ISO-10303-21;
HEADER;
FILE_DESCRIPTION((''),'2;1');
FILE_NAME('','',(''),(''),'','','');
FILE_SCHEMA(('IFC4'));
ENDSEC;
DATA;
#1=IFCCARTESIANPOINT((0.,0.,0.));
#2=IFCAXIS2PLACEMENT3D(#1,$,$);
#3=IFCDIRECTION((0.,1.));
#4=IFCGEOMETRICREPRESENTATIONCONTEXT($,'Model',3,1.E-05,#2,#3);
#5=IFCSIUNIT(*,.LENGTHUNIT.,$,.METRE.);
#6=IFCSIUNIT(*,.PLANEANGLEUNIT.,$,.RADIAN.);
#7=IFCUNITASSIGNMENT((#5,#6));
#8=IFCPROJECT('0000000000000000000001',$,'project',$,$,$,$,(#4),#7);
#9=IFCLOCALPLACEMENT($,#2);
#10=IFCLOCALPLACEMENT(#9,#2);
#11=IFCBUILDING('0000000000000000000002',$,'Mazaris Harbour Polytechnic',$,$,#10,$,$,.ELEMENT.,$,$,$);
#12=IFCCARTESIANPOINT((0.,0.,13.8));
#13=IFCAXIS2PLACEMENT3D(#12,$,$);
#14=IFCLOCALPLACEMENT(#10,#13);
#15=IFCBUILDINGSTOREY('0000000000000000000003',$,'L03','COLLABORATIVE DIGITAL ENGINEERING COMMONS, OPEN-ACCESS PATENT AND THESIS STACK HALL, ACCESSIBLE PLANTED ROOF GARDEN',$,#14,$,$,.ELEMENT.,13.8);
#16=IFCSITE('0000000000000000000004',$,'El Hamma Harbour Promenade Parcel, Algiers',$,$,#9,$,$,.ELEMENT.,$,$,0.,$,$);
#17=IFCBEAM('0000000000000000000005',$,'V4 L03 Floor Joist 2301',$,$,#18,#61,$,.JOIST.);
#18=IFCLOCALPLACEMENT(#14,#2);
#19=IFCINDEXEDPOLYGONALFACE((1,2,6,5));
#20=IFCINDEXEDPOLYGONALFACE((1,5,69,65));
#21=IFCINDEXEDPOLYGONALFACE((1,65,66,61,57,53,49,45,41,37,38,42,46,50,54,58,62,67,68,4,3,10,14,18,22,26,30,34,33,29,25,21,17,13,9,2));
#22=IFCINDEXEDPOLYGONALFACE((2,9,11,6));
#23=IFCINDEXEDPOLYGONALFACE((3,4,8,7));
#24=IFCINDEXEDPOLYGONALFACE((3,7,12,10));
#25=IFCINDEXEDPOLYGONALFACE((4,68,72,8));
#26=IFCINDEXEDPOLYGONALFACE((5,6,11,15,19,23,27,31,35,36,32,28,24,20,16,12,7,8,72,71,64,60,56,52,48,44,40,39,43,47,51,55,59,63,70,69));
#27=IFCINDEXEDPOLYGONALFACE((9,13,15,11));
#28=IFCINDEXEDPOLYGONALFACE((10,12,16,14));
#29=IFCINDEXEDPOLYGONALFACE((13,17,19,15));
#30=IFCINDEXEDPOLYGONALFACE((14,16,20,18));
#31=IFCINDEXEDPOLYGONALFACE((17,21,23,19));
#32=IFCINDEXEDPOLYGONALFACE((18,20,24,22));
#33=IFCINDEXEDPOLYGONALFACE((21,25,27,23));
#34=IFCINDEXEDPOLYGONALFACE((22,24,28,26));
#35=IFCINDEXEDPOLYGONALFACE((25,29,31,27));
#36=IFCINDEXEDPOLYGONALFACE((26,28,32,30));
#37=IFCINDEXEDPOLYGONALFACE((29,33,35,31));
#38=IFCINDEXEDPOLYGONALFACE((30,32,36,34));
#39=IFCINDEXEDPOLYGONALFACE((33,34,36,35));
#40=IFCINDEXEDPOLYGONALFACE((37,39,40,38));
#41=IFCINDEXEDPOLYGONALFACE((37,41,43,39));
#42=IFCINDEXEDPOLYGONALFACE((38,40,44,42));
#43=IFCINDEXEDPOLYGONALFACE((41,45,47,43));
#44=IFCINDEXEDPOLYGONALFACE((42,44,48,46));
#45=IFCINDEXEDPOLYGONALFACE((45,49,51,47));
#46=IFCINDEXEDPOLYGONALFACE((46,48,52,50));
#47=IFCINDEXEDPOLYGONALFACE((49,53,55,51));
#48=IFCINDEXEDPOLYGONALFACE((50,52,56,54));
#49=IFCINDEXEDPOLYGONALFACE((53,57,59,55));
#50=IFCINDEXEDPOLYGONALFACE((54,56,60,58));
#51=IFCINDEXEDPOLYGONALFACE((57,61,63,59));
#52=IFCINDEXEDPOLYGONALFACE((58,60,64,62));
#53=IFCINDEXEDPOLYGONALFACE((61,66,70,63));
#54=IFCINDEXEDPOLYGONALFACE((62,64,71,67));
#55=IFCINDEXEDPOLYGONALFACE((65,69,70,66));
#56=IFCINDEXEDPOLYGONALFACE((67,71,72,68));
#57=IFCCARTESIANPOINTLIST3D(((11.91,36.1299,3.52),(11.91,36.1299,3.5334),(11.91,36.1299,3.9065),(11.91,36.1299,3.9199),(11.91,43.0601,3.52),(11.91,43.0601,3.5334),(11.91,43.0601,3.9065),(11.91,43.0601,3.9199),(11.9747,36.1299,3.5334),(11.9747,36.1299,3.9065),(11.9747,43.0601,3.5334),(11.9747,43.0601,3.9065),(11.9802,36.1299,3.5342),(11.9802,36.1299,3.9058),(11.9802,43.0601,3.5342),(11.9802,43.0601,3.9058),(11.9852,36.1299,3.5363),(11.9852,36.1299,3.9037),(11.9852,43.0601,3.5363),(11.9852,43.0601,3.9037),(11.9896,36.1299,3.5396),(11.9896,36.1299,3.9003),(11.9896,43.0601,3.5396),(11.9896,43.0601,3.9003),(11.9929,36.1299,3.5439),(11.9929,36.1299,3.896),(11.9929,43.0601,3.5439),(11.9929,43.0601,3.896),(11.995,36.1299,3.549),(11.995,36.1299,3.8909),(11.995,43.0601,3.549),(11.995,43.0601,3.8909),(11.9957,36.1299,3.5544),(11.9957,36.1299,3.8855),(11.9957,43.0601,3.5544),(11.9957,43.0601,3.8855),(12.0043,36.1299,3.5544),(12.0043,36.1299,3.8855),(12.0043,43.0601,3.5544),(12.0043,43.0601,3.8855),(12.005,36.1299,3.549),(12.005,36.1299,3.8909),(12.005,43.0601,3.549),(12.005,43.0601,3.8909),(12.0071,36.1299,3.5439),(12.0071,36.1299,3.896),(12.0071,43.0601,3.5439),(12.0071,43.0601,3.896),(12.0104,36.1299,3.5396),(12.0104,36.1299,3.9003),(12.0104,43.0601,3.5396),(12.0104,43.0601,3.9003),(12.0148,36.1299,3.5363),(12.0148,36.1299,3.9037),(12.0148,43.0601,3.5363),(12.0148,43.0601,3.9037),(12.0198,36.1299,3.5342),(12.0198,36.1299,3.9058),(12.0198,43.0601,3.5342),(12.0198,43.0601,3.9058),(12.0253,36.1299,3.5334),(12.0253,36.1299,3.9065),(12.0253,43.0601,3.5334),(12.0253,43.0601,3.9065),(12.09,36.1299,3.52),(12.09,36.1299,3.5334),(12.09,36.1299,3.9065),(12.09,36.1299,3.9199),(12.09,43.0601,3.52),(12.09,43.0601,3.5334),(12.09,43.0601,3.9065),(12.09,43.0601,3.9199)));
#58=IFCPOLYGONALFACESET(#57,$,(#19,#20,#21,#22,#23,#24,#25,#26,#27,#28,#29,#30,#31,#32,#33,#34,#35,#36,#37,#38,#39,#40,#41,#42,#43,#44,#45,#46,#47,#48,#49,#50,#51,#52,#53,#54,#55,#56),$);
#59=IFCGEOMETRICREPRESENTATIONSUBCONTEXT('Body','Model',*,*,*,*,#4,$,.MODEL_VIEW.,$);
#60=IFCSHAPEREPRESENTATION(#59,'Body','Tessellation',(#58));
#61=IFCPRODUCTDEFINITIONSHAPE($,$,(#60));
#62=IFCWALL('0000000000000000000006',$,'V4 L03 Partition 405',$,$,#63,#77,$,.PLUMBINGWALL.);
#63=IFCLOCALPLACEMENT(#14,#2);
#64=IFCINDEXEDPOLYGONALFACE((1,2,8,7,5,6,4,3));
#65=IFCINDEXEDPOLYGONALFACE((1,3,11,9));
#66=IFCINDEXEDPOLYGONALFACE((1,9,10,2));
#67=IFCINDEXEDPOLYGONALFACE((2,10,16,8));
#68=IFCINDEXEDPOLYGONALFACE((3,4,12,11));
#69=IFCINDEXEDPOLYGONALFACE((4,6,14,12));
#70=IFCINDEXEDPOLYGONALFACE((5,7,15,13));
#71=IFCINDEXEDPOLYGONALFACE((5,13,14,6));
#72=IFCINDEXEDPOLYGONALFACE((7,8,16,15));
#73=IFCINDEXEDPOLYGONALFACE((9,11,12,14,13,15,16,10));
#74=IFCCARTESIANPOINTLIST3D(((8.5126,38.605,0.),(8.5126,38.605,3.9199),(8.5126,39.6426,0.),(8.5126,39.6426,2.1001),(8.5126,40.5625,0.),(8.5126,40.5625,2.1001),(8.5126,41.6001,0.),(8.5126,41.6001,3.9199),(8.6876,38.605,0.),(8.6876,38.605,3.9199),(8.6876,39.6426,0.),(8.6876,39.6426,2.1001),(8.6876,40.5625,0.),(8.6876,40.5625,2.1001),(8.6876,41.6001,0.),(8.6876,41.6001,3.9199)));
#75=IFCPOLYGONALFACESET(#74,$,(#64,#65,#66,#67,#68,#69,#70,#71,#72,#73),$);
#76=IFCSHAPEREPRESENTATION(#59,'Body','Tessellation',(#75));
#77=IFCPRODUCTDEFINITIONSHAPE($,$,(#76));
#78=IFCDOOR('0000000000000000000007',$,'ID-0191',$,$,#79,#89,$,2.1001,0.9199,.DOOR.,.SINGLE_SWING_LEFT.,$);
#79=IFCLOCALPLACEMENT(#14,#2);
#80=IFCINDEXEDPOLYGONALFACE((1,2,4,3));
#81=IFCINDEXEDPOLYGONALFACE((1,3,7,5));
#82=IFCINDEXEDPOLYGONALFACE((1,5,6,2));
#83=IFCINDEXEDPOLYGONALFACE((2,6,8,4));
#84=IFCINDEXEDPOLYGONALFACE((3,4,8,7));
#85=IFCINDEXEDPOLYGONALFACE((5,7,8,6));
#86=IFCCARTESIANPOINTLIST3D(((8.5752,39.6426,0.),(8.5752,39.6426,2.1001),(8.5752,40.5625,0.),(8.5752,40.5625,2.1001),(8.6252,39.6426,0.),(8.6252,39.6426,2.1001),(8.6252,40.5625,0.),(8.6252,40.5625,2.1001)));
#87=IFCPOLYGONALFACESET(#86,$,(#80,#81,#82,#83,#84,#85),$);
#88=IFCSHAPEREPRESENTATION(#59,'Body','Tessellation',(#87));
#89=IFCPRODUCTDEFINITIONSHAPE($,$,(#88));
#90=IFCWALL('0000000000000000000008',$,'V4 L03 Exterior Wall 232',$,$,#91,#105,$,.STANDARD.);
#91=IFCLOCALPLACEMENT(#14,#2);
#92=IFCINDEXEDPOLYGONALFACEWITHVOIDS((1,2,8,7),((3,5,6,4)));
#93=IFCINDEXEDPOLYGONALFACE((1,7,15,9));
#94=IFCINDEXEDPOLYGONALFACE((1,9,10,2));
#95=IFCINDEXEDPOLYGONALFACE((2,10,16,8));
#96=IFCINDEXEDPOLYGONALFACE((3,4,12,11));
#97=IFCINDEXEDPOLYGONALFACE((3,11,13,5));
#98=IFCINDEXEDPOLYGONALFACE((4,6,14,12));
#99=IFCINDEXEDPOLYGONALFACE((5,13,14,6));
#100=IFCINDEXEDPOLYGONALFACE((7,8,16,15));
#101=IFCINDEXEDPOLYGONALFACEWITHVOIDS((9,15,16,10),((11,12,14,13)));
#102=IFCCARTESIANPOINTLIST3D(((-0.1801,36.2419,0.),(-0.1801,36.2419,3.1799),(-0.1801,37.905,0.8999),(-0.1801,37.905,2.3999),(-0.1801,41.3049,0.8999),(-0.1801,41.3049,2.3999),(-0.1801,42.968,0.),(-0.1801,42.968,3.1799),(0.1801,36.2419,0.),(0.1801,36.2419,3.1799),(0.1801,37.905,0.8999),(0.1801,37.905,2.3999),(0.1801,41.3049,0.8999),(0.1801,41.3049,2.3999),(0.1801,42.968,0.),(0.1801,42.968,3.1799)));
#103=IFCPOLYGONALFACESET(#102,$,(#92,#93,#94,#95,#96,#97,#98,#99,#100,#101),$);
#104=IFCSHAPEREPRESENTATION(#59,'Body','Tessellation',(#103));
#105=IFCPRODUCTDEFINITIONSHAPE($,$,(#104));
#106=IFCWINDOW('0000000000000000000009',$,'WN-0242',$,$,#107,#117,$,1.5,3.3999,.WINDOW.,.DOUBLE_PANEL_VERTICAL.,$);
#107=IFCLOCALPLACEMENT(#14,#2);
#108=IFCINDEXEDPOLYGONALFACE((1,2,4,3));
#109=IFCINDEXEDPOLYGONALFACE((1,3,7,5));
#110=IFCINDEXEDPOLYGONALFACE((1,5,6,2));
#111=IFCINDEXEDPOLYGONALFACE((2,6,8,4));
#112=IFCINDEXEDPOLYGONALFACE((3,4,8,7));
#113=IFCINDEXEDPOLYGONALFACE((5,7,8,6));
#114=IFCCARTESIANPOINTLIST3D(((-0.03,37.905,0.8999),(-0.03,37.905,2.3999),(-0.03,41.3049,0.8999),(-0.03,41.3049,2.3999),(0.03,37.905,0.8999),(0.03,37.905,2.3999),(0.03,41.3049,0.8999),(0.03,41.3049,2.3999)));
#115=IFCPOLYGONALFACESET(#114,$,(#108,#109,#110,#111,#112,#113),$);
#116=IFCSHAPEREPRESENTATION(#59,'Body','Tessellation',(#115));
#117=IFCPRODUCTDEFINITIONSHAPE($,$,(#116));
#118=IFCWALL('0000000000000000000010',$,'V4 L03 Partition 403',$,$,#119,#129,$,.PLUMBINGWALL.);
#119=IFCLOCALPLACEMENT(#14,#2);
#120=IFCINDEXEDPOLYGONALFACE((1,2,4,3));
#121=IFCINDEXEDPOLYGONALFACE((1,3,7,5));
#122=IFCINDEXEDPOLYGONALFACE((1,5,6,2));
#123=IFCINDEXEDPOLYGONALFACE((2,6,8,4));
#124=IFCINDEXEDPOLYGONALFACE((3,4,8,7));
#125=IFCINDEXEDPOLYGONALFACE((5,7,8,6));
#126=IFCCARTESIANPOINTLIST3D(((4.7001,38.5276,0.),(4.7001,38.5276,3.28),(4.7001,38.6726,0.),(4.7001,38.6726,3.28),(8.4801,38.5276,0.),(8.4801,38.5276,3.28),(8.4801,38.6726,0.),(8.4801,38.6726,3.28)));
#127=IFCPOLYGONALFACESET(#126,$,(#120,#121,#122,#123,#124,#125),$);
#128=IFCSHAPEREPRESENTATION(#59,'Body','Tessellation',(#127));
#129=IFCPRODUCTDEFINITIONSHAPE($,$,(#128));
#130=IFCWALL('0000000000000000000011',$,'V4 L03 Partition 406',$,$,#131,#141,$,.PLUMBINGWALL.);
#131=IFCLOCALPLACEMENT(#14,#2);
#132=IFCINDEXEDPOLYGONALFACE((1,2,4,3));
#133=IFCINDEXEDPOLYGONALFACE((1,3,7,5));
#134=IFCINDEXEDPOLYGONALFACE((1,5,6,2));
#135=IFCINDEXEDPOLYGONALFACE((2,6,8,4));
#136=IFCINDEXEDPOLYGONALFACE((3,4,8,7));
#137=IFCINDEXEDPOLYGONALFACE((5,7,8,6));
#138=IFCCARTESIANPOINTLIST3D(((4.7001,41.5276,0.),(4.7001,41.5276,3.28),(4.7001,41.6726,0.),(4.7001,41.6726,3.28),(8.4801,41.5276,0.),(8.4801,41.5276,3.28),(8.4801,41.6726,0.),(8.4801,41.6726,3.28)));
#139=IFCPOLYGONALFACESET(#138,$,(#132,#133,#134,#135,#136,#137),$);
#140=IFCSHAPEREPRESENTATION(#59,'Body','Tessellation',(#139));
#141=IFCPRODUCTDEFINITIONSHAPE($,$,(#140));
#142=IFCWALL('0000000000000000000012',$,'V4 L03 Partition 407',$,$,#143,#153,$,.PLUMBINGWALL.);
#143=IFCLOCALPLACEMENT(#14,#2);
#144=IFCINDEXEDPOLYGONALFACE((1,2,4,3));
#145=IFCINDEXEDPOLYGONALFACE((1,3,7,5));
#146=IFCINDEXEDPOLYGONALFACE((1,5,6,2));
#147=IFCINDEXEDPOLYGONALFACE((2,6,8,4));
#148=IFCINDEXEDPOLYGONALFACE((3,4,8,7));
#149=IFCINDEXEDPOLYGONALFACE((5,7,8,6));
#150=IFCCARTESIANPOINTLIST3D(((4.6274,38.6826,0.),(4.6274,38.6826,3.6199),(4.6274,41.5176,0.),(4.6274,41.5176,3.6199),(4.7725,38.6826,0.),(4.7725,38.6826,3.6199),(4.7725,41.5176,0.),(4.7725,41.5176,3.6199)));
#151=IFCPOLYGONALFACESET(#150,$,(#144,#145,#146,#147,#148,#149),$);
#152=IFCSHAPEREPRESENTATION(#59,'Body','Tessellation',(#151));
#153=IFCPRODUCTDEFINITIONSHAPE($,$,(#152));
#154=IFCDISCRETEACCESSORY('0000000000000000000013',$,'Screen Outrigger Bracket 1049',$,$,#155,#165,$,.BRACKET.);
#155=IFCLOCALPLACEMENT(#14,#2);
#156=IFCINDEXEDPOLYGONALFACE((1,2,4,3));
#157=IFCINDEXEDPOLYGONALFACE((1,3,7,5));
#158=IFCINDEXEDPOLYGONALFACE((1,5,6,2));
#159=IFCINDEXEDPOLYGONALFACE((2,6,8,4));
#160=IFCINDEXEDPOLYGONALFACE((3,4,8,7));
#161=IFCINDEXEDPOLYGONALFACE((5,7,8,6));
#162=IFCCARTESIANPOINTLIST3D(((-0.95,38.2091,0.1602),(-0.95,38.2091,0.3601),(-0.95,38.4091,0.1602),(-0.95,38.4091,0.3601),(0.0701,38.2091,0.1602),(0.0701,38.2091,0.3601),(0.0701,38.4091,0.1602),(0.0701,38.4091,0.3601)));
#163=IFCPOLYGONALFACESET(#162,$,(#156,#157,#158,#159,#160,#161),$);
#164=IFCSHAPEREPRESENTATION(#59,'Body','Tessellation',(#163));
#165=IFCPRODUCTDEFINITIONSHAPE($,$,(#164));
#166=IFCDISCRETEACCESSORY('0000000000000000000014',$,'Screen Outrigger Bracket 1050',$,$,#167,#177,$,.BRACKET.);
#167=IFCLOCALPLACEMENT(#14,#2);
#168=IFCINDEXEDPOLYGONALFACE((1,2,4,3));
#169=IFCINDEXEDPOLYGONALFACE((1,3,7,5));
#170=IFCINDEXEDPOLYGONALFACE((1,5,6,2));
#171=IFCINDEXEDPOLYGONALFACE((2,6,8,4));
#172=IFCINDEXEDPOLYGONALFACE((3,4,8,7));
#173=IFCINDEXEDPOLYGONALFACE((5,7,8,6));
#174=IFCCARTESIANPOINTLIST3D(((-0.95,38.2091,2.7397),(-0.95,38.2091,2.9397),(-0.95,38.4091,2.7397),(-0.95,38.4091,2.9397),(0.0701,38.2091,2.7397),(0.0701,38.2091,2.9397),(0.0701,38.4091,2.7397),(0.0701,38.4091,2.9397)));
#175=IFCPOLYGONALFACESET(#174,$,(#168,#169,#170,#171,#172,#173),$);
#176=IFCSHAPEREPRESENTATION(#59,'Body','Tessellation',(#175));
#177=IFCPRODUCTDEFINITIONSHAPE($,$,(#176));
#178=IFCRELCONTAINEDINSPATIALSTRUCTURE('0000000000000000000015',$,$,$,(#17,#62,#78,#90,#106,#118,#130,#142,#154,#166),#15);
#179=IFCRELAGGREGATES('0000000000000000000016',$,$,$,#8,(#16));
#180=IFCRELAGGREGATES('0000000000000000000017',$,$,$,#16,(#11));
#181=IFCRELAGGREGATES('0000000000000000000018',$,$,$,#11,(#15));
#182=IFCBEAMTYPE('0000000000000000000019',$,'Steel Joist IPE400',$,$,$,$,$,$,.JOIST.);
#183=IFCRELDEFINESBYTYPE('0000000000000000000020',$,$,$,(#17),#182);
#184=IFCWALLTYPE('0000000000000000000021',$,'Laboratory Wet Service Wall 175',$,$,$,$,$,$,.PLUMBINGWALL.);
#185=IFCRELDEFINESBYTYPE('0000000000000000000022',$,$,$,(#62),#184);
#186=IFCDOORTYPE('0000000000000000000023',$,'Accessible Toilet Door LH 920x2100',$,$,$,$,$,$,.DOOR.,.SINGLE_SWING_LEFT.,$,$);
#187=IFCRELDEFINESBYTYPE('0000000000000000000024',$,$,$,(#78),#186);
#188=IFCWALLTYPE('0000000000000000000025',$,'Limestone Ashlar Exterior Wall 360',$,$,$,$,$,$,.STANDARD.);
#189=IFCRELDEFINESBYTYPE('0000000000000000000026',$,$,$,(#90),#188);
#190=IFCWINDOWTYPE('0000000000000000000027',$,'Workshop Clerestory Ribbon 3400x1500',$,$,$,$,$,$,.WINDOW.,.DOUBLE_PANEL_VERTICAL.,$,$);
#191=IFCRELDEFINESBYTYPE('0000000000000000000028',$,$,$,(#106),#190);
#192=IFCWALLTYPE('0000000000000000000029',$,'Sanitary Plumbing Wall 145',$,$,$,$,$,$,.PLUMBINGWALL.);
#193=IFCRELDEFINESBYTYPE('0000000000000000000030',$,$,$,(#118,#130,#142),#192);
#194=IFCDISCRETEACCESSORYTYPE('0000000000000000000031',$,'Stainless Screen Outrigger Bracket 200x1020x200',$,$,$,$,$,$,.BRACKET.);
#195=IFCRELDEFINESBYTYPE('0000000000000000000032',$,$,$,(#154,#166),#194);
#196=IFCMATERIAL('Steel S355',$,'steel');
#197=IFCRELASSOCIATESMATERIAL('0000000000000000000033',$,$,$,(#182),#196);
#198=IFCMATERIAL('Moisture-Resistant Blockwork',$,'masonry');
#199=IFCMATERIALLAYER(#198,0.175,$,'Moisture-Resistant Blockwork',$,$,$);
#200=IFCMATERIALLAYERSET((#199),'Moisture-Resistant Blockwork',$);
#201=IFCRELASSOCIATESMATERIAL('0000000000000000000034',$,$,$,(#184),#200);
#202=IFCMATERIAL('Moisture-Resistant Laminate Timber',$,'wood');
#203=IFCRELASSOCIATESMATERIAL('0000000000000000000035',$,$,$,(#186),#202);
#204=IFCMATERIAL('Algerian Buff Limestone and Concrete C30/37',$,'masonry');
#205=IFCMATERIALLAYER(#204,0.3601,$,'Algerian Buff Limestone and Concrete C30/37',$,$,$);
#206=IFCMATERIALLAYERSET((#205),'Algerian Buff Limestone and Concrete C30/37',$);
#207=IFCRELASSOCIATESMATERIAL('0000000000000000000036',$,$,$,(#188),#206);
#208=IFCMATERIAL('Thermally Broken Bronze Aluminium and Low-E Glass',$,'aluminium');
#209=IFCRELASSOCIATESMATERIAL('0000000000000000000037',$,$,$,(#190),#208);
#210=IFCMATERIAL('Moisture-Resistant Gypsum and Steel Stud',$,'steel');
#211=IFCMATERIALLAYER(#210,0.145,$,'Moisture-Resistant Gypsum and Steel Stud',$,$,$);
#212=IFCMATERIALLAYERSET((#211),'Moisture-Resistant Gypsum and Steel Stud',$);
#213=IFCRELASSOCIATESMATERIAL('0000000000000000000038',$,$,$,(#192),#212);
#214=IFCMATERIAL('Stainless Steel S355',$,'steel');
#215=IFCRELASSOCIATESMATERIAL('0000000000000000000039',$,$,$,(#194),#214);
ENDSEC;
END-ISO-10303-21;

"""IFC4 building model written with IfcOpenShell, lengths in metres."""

from ifc_helpers import new_model, si_unit, direction, frame, frame_2d, origin, origin_2d, place, context, subcontext, project, spatial, rectangle, i_section, extrude, material, layer, layer_set, material_profile, profile_set, type_object, element, fill, save


model = new_model("IFC4")

# Units and contexts
model_context = context("Model", 3, precision=1e-05, world=origin(), true_north=direction((0.0, 1.0)))
body_context = subcontext(model_context, "Body", "Model", "MODEL_VIEW")
ifc_project = project(units=[si_unit("LENGTHUNIT", "METRE"), si_unit("PLANEANGLEUNIT", "RADIAN")], contexts=[model_context])

# Site, building, storey
site_placement = place(None, origin())
site = spatial("IfcSite", under=ifc_project, at=site_placement, Name="El Hamma Harbour Promenade Parcel, Algiers", CompositionType="ELEMENT", RefElevation=0.0)
building_placement = place(site_placement, origin())
building = spatial("IfcBuilding", under=site, at=building_placement, Name="Mazaris Harbour Polytechnic", CompositionType="ELEMENT")
storey_placement = place(building_placement, frame((0.0, 0.0, 13.8)))
storey = spatial("IfcBuildingStorey", under=building, at=storey_placement, Name="L03", Description="COLLABORATIVE DIGITAL ENGINEERING COMMONS, OPEN-ACCESS PATENT AND THESIS STACK HALL, ACCESSIBLE PLANTED ROOF GARDEN", CompositionType="ELEMENT", Elevation=13.8)

# Beam
ifc_material_1 = material(Name="Steel S355", Category="steel")
ifc_material_profile_1 = material_profile(ifc_material_1, i_section(OverallWidth=0.1799, OverallDepth=0.3999, WebThickness=0.0085, FlangeThickness=0.0134, FilletRadius=0.021, at=origin_2d()), Name="IPE 400")
ifc_profile_set_1 = profile_set([ifc_material_profile_1], Name="Steel S355")
beam_type_1 = type_object("IfcBeamType", Name="Steel Joist IPE400", PredefinedType="JOIST", material=ifc_profile_set_1)
beam_1_placement = place(storey_placement, frame((12.0, 36.1299, 3.72), z_axis=(0.0, 1.0, 0.0), x_axis=(-1.0, 0.0, 0.0)))
element("IfcBeam", 1, at=beam_1_placement, inside=storey, type_object=beam_type_1, Name="V4 L03 Floor Joist 2301", PredefinedType="JOIST", context=body_context, shape_type="SweptSolid", body=[
    extrude(i_section(OverallWidth=0.1799, OverallDepth=0.3999, WebThickness=0.0085, FlangeThickness=0.0134, FilletRadius=0.021, at=origin_2d()), origin(), (0.0, 0.0, 1.0), 6.9302),
])

# Wall, opening, door
ifc_material_2 = material(Name="Moisture-Resistant Blockwork", Category="masonry")
ifc_layer_1 = layer(ifc_material_2, 0.175, Name="Moisture-Resistant Blockwork")
ifc_layer_set_1 = layer_set([ifc_layer_1], Name="Moisture-Resistant Blockwork")
wall_type_1 = type_object("IfcWallType", Name="Laboratory Wet Service Wall 175", PredefinedType="PLUMBINGWALL", material=ifc_layer_set_1)
wall_1_placement = place(storey_placement, frame((8.6001, 38.605, 0.0), z_axis=(0.0, 0.0, 1.0), x_axis=(0.0, 1.0, 0.0)))
wall_1 = element("IfcWall", 2, at=wall_1_placement, inside=storey, type_object=wall_type_1, Name="V4 L03 Partition 405", PredefinedType="PLUMBINGWALL", context=body_context, shape_type="SweptSolid", body=[
    extrude(rectangle(XDim=2.9951, YDim=0.175, at=frame_2d((1.4976, 0.0))), origin(), (0.0, 0.0, 1.0), 3.9199),
])
opening_1_placement = place(wall_1_placement, frame((1.0376, 0.0, 0.0)))
opening_1 = element("IfcOpeningElement", 3, at=opening_1_placement, cuts=wall_1, PredefinedType="OPENING", context=body_context, shape_type="SweptSolid", body=[
    extrude(rectangle(XDim=0.9199, YDim=2.1001, at=frame_2d((0.46, 1.05))), frame((0.0, 0.0974, 0.0), z_axis=(0.0, -1.0, 0.0), x_axis=(1.0, 0.0, 0.0)), (0.0, 0.0, 1.0), 0.1951),
])
ifc_material_3 = material(Name="Moisture-Resistant Laminate Timber", Category="wood")
door_type = type_object("IfcDoorType", Name="Accessible Toilet Door LH 920x2100", OperationType="SINGLE_SWING_LEFT", PredefinedType="DOOR", material=ifc_material_3)
door_placement = place(opening_1_placement, origin())
door = element("IfcDoor", 4, at=door_placement, inside=storey, type_object=door_type, Name="ID-0191", OperationType="SINGLE_SWING_LEFT", OverallHeight=2.1001, OverallWidth=0.9199, PredefinedType="DOOR", context=body_context, shape_type="SweptSolid", body=[
    extrude(rectangle(XDim=0.9199, YDim=2.1001, at=frame_2d((0.46, 1.05))), frame((0.0, 0.0249, 0.0), z_axis=(0.0, -1.0, 0.0), x_axis=(1.0, 0.0, 0.0)), (0.0, 0.0, 1.0), 0.05),
])
fill(opening_1, door)

# Wall, opening, window
ifc_material_4 = material(Name="Algerian Buff Limestone and Concrete C30/37", Category="masonry")
ifc_layer_2 = layer(ifc_material_4, 0.3601, Name="Algerian Buff Limestone and Concrete C30/37")
ifc_layer_set_2 = layer_set([ifc_layer_2], Name="Algerian Buff Limestone and Concrete C30/37")
wall_type_2 = type_object("IfcWallType", Name="Limestone Ashlar Exterior Wall 360", PredefinedType="STANDARD", material=ifc_layer_set_2)
wall_2_placement = place(storey_placement, frame((0.0, 36.2419, 0.0), z_axis=(0.0, 0.0, 1.0), x_axis=(0.0, 1.0, 0.0)))
wall_2 = element("IfcWall", 5, at=wall_2_placement, inside=storey, type_object=wall_type_2, Name="V4 L03 Exterior Wall 232", PredefinedType="STANDARD", context=body_context, shape_type="SweptSolid", body=[
    extrude(rectangle(XDim=6.7261, YDim=0.3601, at=frame_2d((3.363, 0.0))), origin(), (0.0, 0.0, 1.0), 3.1799),
])
opening_2_placement = place(wall_2_placement, frame((1.6631, 0.0, 0.8999)))
opening_2 = element("IfcOpeningElement", 6, at=opening_2_placement, cuts=wall_2, PredefinedType="OPENING", context=body_context, shape_type="SweptSolid", body=[
    extrude(rectangle(XDim=3.3999, YDim=1.5, at=frame_2d((1.7, 0.75))), frame((0.0, 0.1899, 0.0), z_axis=(0.0, -1.0, 0.0), x_axis=(1.0, 0.0, 0.0)), (0.0, 0.0, 1.0), 0.3801),
])
ifc_material_5 = material(Name="Thermally Broken Bronze Aluminium and Low-E Glass", Category="aluminium")
window_type = type_object("IfcWindowType", Name="Workshop Clerestory Ribbon 3400x1500", PartitioningType="DOUBLE_PANEL_VERTICAL", PredefinedType="WINDOW", material=ifc_material_5)
window_placement = place(opening_2_placement, origin())
window = element("IfcWindow", 7, at=window_placement, inside=storey, type_object=window_type, Name="WN-0242", OverallHeight=1.5, OverallWidth=3.3999, PartitioningType="DOUBLE_PANEL_VERTICAL", PredefinedType="WINDOW", context=body_context, shape_type="SweptSolid", body=[
    extrude(rectangle(XDim=3.3999, YDim=1.5, at=frame_2d((1.7, 0.75))), frame((0.0, 0.03, 0.0), z_axis=(0.0, -1.0, 0.0), x_axis=(1.0, 0.0, 0.0)), (0.0, 0.0, 1.0), 0.0601),
])
fill(opening_2, window)

# Walls
ifc_material_6 = material(Name="Moisture-Resistant Gypsum and Steel Stud", Category="steel")
ifc_layer_3 = layer(ifc_material_6, 0.145, Name="Moisture-Resistant Gypsum and Steel Stud")
ifc_layer_set_3 = layer_set([ifc_layer_3], Name="Moisture-Resistant Gypsum and Steel Stud")
wall_type_3 = type_object("IfcWallType", Name="Sanitary Plumbing Wall 145", PredefinedType="PLUMBINGWALL", material=ifc_layer_set_3)
for number, where, z_axis, x_axis, name in (
    (8, (4.7, 38.6001, 0.0), (0.0, 0.0, 1.0), (1.0, 0.0, 0.0), "V4 L03 Partition 403"),
    (9, (4.7, 41.6001, 0.0), (0.0, 0.0, 1.0), (1.0, 0.0, 0.0), "V4 L03 Partition 406"),
):
    element("IfcWall", number, at=place(storey_placement, frame(where, z_axis=z_axis, x_axis=x_axis)), inside=storey, type_object=wall_type_3, Name=name, PredefinedType="PLUMBINGWALL", context=body_context, shape_type="SweptSolid", body=[
        extrude(rectangle(XDim=3.78, YDim=0.145, at=frame_2d((1.8901, 0.0))), origin(), (0.0, 0.0, 1.0), 3.28),
    ])
wall_3_placement = place(storey_placement, frame((4.7, 38.6826, 0.0), z_axis=(0.0, 0.0, 1.0), x_axis=(0.0, 1.0, 0.0)))
element("IfcWall", 10, at=wall_3_placement, inside=storey, type_object=wall_type_3, Name="V4 L03 Partition 407", PredefinedType="PLUMBINGWALL", context=body_context, shape_type="SweptSolid", body=[
    extrude(rectangle(XDim=2.835, YDim=0.145, at=frame_2d((1.4175, 0.0))), origin(), (0.0, 0.0, 1.0), 3.6199),
])

# Discrete accessories
ifc_material_7 = material(Name="Stainless Steel S355", Category="steel")
discrete_accessory_type = type_object("IfcDiscreteAccessoryType", Name="Stainless Screen Outrigger Bracket 200x1020x200", PredefinedType="BRACKET", material=ifc_material_7)
for number, where, z_axis, x_axis, name in (
    (11, (-0.4399, 38.3091, 0.1602), (0.0, 0.0, 1.0), (0.0, 1.0, 0.0), "Screen Outrigger Bracket 1049"),
    (12, (-0.4399, 38.3091, 2.7397), (0.0, 0.0, 1.0), (0.0, 1.0, 0.0), "Screen Outrigger Bracket 1050"),
):
    element("IfcDiscreteAccessory", number, at=place(storey_placement, frame(where, z_axis=z_axis, x_axis=x_axis)), inside=storey, type_object=discrete_accessory_type, Name=name, PredefinedType="BRACKET", context=body_context, shape_type="SweptSolid", body=[
        extrude(rectangle(XDim=0.2, YDim=1.02, at=origin_2d()), origin(), (0.0, 0.0, 1.0), 0.2),
    ])

save(model, "model.ifc")
